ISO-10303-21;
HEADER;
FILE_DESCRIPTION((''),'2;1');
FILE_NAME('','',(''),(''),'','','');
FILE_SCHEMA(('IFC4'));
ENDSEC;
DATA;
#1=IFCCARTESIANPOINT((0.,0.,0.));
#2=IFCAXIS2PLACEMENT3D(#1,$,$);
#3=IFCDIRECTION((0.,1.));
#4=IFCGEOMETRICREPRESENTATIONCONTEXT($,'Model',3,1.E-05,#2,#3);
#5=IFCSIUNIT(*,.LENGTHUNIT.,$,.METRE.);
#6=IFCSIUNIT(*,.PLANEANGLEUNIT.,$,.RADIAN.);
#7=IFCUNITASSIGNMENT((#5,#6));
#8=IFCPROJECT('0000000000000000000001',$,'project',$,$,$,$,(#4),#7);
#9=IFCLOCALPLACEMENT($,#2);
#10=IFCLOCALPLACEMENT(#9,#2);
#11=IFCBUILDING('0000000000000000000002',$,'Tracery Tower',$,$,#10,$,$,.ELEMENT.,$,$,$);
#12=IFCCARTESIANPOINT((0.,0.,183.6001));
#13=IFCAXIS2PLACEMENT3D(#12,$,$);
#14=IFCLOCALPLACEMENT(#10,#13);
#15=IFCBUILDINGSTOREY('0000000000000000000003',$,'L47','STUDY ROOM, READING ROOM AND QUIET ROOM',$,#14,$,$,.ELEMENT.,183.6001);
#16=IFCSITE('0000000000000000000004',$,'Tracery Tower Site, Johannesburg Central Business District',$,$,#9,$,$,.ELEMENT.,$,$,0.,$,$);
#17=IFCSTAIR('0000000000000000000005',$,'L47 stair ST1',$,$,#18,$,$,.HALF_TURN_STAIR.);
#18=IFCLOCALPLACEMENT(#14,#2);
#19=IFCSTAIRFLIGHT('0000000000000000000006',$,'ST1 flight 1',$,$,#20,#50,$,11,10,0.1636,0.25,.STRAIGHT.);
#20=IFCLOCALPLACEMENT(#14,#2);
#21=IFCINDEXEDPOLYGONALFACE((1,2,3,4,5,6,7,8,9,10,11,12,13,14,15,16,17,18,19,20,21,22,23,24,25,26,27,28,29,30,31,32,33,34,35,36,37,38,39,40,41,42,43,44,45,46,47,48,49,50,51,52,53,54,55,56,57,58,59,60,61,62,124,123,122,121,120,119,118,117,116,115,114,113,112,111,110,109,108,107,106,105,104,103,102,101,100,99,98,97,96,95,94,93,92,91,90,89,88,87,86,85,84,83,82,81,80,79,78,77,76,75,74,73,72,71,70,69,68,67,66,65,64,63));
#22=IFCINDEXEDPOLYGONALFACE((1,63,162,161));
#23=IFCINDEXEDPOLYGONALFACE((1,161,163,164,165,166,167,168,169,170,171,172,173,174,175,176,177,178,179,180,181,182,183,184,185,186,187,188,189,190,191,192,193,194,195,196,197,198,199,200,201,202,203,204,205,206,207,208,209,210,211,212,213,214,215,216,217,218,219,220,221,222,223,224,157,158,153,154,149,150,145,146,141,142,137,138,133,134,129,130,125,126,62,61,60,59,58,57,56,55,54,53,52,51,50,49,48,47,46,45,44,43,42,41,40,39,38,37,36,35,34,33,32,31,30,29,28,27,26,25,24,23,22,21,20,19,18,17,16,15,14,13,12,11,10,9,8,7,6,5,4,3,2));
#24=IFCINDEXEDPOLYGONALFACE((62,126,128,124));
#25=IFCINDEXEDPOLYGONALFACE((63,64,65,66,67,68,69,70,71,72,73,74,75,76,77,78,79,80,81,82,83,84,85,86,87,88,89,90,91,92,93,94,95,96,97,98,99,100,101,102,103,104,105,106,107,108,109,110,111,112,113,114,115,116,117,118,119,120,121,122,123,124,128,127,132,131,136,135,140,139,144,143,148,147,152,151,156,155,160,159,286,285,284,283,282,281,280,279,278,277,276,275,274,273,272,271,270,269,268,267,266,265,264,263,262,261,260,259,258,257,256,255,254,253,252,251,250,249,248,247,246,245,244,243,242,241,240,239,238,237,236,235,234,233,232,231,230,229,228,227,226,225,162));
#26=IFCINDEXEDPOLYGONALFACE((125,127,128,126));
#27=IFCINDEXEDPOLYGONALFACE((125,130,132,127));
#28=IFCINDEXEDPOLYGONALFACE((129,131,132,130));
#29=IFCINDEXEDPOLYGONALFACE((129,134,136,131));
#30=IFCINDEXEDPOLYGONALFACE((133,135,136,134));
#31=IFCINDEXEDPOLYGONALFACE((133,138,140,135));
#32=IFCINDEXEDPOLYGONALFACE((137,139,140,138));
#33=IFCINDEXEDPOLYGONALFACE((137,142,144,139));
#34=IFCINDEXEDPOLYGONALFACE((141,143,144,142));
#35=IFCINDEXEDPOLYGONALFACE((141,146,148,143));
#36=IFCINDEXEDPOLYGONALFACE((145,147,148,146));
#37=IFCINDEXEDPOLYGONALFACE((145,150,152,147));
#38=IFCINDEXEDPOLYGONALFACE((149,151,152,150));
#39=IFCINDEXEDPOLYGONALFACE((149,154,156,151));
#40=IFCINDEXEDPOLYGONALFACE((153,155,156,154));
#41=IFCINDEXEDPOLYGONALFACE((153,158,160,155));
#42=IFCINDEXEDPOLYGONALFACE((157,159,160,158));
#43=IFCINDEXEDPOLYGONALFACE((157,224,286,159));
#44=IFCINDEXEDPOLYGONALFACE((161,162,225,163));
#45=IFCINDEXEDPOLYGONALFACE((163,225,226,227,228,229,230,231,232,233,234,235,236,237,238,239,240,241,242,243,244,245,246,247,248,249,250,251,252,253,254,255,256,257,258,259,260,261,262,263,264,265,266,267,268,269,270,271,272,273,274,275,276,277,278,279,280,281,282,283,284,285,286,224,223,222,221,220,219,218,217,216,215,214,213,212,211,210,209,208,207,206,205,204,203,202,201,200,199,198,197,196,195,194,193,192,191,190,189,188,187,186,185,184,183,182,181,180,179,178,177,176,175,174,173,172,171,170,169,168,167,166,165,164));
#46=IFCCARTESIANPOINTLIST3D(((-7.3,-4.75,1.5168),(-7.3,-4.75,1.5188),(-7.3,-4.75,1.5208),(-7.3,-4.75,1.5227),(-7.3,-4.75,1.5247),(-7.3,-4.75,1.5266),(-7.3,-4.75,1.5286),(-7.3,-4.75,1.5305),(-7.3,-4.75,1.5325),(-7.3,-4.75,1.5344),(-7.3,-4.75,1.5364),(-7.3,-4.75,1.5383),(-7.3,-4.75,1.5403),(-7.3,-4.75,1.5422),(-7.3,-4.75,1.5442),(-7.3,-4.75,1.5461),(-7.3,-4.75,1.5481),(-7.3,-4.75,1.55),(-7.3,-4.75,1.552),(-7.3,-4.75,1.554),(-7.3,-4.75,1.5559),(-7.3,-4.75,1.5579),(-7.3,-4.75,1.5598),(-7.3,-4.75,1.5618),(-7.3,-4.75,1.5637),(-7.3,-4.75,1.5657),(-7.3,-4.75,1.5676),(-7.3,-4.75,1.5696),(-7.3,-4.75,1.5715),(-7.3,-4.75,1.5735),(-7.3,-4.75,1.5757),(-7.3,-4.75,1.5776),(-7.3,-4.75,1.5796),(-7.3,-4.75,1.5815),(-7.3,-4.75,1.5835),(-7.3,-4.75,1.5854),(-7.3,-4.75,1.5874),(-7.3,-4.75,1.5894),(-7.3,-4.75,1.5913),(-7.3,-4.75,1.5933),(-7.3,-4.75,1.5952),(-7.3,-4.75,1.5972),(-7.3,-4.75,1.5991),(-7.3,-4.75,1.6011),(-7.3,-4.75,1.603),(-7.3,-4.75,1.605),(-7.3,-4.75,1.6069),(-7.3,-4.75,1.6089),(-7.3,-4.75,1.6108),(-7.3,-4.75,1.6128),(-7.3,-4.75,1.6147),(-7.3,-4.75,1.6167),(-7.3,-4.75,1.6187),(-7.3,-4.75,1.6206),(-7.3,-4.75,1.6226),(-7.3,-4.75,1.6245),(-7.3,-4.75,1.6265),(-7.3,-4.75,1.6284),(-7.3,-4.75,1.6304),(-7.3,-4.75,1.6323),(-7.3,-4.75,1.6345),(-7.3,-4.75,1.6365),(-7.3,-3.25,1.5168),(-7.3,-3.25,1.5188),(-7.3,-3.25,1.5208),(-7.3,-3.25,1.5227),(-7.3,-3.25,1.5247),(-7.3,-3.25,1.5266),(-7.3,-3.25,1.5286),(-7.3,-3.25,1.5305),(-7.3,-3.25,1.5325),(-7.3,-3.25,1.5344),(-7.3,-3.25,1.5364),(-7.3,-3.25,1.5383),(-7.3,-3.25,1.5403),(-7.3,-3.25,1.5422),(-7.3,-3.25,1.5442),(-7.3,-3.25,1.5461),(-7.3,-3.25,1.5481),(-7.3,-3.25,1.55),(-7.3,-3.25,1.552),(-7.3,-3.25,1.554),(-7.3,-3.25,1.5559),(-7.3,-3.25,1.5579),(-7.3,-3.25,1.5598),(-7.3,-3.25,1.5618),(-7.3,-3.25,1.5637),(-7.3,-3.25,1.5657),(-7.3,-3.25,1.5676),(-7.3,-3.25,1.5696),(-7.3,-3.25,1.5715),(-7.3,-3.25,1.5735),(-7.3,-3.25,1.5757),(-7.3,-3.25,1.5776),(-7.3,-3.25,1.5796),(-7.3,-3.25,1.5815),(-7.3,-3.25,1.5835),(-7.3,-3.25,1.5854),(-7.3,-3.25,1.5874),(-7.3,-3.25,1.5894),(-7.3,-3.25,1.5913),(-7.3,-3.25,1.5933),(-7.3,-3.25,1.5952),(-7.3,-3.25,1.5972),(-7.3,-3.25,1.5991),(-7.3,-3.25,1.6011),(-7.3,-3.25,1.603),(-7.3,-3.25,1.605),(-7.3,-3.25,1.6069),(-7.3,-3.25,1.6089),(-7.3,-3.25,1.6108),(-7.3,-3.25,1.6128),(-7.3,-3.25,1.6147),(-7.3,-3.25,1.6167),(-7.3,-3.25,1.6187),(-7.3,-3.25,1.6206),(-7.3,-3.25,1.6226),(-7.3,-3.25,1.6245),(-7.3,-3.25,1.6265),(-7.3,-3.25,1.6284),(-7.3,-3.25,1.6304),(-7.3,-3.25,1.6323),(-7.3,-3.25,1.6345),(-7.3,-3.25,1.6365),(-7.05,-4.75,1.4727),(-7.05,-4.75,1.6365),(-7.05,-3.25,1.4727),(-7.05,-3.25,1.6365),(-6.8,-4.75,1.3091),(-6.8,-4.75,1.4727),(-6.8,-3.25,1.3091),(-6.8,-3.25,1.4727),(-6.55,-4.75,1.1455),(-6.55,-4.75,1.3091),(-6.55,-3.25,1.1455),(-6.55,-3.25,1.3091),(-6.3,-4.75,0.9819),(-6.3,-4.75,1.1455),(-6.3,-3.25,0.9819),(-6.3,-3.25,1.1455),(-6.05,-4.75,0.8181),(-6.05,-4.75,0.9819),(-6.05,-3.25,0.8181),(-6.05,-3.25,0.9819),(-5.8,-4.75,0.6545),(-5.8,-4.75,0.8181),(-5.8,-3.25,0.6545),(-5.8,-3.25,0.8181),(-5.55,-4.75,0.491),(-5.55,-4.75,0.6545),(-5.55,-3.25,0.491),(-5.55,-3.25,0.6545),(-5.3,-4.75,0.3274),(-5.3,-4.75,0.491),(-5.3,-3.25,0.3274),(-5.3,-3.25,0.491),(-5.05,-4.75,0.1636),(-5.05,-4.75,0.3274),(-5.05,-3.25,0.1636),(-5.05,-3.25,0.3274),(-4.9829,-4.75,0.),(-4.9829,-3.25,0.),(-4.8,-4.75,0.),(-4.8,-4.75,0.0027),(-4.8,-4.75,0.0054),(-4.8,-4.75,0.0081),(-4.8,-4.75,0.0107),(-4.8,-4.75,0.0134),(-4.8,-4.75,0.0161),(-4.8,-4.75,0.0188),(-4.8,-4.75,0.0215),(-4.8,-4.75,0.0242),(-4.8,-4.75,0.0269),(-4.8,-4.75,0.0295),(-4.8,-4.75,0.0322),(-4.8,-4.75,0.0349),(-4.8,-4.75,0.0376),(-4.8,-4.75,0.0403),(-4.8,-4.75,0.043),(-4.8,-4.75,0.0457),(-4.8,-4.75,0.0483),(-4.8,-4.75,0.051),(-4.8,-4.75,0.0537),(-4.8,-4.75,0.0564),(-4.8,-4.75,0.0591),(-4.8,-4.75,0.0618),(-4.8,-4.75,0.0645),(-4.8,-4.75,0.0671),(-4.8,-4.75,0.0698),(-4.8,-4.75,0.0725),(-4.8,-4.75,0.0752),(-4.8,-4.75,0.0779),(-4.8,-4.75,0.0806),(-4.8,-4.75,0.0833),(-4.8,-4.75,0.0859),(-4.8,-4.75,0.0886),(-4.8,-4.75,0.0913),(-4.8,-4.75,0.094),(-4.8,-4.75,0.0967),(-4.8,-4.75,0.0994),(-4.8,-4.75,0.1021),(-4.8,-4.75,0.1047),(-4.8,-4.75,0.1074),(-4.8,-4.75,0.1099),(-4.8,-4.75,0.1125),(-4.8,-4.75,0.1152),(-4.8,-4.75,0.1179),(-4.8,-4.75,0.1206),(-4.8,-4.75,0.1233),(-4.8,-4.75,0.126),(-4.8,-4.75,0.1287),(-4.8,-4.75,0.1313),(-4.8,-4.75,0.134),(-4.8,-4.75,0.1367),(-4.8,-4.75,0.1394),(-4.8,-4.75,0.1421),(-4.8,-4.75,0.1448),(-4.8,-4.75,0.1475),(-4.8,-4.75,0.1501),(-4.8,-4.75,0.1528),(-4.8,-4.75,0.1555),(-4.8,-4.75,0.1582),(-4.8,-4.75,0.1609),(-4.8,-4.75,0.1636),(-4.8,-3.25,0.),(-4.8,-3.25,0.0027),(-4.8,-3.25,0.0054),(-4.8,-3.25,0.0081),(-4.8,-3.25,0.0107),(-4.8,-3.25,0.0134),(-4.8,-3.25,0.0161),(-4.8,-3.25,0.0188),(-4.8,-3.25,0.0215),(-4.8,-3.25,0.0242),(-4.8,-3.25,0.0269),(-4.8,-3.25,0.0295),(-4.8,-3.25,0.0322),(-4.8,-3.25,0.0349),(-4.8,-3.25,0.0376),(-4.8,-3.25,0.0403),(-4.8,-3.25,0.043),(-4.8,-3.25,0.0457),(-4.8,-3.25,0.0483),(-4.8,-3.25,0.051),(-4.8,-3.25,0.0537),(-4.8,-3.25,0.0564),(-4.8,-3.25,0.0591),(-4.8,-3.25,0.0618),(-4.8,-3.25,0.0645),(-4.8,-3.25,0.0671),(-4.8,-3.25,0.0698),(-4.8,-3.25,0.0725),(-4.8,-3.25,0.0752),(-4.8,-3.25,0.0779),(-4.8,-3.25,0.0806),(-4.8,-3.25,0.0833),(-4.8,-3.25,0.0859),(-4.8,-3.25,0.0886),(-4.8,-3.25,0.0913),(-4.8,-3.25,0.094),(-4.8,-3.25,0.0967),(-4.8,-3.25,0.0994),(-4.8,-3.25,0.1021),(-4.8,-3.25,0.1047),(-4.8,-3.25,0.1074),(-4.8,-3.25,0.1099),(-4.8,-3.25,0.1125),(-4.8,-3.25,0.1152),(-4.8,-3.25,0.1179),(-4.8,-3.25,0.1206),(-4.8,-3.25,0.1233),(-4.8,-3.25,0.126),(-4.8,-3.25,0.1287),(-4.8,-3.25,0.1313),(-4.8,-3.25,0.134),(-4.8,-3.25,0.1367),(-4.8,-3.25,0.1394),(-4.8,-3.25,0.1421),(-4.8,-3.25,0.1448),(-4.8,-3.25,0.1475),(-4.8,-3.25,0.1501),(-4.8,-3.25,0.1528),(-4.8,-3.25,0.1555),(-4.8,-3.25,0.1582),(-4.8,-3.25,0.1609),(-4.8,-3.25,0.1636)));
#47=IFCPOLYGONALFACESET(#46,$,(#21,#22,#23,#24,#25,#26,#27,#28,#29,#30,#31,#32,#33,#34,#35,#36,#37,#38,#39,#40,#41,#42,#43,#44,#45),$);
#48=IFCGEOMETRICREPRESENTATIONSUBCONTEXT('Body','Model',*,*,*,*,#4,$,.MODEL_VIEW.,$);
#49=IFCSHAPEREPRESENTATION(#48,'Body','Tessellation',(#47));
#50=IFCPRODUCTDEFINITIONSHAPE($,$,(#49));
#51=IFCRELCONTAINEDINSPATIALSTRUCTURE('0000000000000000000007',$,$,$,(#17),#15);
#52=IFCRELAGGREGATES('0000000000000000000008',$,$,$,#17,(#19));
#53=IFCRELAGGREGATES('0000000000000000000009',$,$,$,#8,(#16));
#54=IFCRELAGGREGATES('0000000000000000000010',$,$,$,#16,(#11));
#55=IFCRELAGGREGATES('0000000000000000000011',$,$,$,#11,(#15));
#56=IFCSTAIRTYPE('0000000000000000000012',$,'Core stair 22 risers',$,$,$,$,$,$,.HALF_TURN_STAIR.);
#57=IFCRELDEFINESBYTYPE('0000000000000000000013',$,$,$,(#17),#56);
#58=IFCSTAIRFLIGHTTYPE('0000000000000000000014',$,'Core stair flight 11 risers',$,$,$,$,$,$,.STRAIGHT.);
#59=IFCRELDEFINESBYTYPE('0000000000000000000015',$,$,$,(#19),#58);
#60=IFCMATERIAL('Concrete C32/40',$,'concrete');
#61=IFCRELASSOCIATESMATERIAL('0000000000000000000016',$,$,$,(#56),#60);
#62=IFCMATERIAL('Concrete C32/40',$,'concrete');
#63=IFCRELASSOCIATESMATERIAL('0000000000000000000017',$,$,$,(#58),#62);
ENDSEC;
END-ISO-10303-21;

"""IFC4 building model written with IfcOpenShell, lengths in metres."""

from ifc_helpers import new_model, si_unit, direction, frame, origin, place, context, subcontext, project, spatial, polyline, outline, extrude, material, type_object, element, aggregate, save


model = new_model("IFC4")

# Units and contexts
model_context = context("Model", 3, precision=1e-05, world=origin(), true_north=direction((0.0, 1.0)))
body_context = subcontext(model_context, "Body", "Model", "MODEL_VIEW")
ifc_project = project(units=[si_unit("LENGTHUNIT", "METRE"), si_unit("PLANEANGLEUNIT", "RADIAN")], contexts=[model_context])

# Site, building, storey
site_placement = place(None, origin())
site = spatial("IfcSite", under=ifc_project, at=site_placement, Name="Tracery Tower Site, Johannesburg Central Business District", CompositionType="ELEMENT", RefElevation=0.0)
building_placement = place(site_placement, origin())
building = spatial("IfcBuilding", under=site, at=building_placement, Name="Tracery Tower", CompositionType="ELEMENT")
storey_placement = place(building_placement, frame((0.0, 0.0, 183.6001)))
storey = spatial("IfcBuildingStorey", under=building, at=storey_placement, Name="L47", Description="STUDY ROOM, READING ROOM AND QUIET ROOM", CompositionType="ELEMENT", Elevation=183.6001)

# Stair, stair flight
ifc_material_1 = material(Name="Concrete C32/40", Category="concrete")
stair_type = type_object("IfcStairType", Name="Core stair 22 risers", PredefinedType="HALF_TURN_STAIR", material=ifc_material_1)
stair_placement = place(storey_placement, origin())
stair = element("IfcStair", 1, at=stair_placement, inside=storey, type_object=stair_type, Name="L47 stair ST1", PredefinedType="HALF_TURN_STAIR")
ifc_material_2 = material(Name="Concrete C32/40", Category="concrete")
stair_flight_type = type_object("IfcStairFlightType", Name="Core stair flight 11 risers", PredefinedType="STRAIGHT", material=ifc_material_2)
stair_flight_1_placement = place(storey_placement, frame((-4.8, -4.0, 0.0), z_axis=(0.0, 0.0, 1.0), x_axis=(-1.0, 0.0, 0.0)))
stair_flight_1 = element("IfcStairFlight", 2, at=stair_flight_1_placement, type_object=stair_flight_type, Name="ST1 flight 1", NumberOfRisers=11, NumberOfTreads=10, PredefinedType="STRAIGHT", RiserHeight=0.1636, TreadLength=0.25, context=body_context, shape_type="SweptSolid", body=[
    extrude(outline(polyline([(0.0, 0.0), (0.0, 0.0027), (0.0, 0.0054), (0.0, 0.0081), (0.0, 0.0107), (0.0, 0.0134), (0.0, 0.0161), (0.0, 0.0188), (0.0, 0.0215), (0.0, 0.0242), (0.0, 0.0269), (0.0, 0.0295), (0.0, 0.0322), (0.0, 0.0349), (0.0, 0.0376), (0.0, 0.0403), (0.0, 0.043), (0.0, 0.0457), (0.0, 0.0483), (0.0, 0.051), (0.0, 0.0537), (0.0, 0.0564), (0.0, 0.0591), (0.0, 0.0618), (0.0, 0.0645), (0.0, 0.0671), (0.0, 0.0698), (0.0, 0.0725), (0.0, 0.0752), (0.0, 0.0779), (0.0, 0.0806), (0.0, 0.0833), (0.0, 0.0859), (0.0, 0.0886), (0.0, 0.0913), (0.0, 0.094), (0.0, 0.0967), (0.0, 0.0994), (0.0, 0.1021), (0.0, 0.1047), (0.0, 0.1074), (0.0, 0.1099), (0.0, 0.1125), (0.0, 0.1152), (0.0, 0.1179), (0.0, 0.1206), (0.0, 0.1233), (0.0, 0.126), (0.0, 0.1287), (0.0, 0.1313), (0.0, 0.134), (0.0, 0.1367), (0.0, 0.1394), (0.0, 0.1421), (0.0, 0.1448), (0.0, 0.1475), (0.0, 0.1501), (0.0, 0.1528), (0.0, 0.1555), (0.0, 0.1582), (0.0, 0.1609), (0.0, 0.1636), (0.25, 0.1636), (0.25, 0.3274), (0.5, 0.3274), (0.5, 0.491), (0.75, 0.491), (0.75, 0.6545), (1.0, 0.6545), (1.0, 0.8181), (1.25, 0.8181), (1.25, 0.9819), (1.5, 0.9819), (1.5, 1.1455), (1.75, 1.1455), (1.75, 1.3091), (2.0, 1.3091), (2.0, 1.4727), (2.25, 1.4727), (2.25, 1.6365), (2.5, 1.6365), (2.5, 1.6345), (2.5, 1.6323), (2.5, 1.6304), (2.5, 1.6284), (2.5, 1.6265), (2.5, 1.6245), (2.5, 1.6226), (2.5, 1.6206), (2.5, 1.6187), (2.5, 1.6167), (2.5, 1.6147), (2.5, 1.6128), (2.5, 1.6108), (2.5, 1.6089), (2.5, 1.6069), (2.5, 1.605), (2.5, 1.603), (2.5, 1.6011), (2.5, 1.5991), (2.5, 1.5972), (2.5, 1.5952), (2.5, 1.5933), (2.5, 1.5913), (2.5, 1.5894), (2.5, 1.5874), (2.5, 1.5854), (2.5, 1.5835), (2.5, 1.5815), (2.5, 1.5796), (2.5, 1.5776), (2.5, 1.5757), (2.5, 1.5735), (2.5, 1.5715), (2.5, 1.5696), (2.5, 1.5676), (2.5, 1.5657), (2.5, 1.5637), (2.5, 1.5618), (2.5, 1.5598), (2.5, 1.5579), (2.5, 1.5559), (2.5, 1.554), (2.5, 1.552), (2.5, 1.55), (2.5, 1.5481), (2.5, 1.5461), (2.5, 1.5442), (2.5, 1.5422), (2.5, 1.5403), (2.5, 1.5383), (2.5, 1.5364), (2.5, 1.5344), (2.5, 1.5325), (2.5, 1.5305), (2.5, 1.5286), (2.5, 1.5266), (2.5, 1.5247), (2.5, 1.5227), (2.5, 1.5208), (2.5, 1.5188), (2.5, 1.5168), (0.1829, 0.0), (0.0, 0.0)])), frame((0.0, 0.75, 0.0), z_axis=(0.0, -1.0, 0.0), x_axis=(1.0, 0.0, 0.0)), (0.0, 0.0, 1.0), 1.5),
])
aggregate(stair, [stair_flight_1])

save(model, "model.ifc")
